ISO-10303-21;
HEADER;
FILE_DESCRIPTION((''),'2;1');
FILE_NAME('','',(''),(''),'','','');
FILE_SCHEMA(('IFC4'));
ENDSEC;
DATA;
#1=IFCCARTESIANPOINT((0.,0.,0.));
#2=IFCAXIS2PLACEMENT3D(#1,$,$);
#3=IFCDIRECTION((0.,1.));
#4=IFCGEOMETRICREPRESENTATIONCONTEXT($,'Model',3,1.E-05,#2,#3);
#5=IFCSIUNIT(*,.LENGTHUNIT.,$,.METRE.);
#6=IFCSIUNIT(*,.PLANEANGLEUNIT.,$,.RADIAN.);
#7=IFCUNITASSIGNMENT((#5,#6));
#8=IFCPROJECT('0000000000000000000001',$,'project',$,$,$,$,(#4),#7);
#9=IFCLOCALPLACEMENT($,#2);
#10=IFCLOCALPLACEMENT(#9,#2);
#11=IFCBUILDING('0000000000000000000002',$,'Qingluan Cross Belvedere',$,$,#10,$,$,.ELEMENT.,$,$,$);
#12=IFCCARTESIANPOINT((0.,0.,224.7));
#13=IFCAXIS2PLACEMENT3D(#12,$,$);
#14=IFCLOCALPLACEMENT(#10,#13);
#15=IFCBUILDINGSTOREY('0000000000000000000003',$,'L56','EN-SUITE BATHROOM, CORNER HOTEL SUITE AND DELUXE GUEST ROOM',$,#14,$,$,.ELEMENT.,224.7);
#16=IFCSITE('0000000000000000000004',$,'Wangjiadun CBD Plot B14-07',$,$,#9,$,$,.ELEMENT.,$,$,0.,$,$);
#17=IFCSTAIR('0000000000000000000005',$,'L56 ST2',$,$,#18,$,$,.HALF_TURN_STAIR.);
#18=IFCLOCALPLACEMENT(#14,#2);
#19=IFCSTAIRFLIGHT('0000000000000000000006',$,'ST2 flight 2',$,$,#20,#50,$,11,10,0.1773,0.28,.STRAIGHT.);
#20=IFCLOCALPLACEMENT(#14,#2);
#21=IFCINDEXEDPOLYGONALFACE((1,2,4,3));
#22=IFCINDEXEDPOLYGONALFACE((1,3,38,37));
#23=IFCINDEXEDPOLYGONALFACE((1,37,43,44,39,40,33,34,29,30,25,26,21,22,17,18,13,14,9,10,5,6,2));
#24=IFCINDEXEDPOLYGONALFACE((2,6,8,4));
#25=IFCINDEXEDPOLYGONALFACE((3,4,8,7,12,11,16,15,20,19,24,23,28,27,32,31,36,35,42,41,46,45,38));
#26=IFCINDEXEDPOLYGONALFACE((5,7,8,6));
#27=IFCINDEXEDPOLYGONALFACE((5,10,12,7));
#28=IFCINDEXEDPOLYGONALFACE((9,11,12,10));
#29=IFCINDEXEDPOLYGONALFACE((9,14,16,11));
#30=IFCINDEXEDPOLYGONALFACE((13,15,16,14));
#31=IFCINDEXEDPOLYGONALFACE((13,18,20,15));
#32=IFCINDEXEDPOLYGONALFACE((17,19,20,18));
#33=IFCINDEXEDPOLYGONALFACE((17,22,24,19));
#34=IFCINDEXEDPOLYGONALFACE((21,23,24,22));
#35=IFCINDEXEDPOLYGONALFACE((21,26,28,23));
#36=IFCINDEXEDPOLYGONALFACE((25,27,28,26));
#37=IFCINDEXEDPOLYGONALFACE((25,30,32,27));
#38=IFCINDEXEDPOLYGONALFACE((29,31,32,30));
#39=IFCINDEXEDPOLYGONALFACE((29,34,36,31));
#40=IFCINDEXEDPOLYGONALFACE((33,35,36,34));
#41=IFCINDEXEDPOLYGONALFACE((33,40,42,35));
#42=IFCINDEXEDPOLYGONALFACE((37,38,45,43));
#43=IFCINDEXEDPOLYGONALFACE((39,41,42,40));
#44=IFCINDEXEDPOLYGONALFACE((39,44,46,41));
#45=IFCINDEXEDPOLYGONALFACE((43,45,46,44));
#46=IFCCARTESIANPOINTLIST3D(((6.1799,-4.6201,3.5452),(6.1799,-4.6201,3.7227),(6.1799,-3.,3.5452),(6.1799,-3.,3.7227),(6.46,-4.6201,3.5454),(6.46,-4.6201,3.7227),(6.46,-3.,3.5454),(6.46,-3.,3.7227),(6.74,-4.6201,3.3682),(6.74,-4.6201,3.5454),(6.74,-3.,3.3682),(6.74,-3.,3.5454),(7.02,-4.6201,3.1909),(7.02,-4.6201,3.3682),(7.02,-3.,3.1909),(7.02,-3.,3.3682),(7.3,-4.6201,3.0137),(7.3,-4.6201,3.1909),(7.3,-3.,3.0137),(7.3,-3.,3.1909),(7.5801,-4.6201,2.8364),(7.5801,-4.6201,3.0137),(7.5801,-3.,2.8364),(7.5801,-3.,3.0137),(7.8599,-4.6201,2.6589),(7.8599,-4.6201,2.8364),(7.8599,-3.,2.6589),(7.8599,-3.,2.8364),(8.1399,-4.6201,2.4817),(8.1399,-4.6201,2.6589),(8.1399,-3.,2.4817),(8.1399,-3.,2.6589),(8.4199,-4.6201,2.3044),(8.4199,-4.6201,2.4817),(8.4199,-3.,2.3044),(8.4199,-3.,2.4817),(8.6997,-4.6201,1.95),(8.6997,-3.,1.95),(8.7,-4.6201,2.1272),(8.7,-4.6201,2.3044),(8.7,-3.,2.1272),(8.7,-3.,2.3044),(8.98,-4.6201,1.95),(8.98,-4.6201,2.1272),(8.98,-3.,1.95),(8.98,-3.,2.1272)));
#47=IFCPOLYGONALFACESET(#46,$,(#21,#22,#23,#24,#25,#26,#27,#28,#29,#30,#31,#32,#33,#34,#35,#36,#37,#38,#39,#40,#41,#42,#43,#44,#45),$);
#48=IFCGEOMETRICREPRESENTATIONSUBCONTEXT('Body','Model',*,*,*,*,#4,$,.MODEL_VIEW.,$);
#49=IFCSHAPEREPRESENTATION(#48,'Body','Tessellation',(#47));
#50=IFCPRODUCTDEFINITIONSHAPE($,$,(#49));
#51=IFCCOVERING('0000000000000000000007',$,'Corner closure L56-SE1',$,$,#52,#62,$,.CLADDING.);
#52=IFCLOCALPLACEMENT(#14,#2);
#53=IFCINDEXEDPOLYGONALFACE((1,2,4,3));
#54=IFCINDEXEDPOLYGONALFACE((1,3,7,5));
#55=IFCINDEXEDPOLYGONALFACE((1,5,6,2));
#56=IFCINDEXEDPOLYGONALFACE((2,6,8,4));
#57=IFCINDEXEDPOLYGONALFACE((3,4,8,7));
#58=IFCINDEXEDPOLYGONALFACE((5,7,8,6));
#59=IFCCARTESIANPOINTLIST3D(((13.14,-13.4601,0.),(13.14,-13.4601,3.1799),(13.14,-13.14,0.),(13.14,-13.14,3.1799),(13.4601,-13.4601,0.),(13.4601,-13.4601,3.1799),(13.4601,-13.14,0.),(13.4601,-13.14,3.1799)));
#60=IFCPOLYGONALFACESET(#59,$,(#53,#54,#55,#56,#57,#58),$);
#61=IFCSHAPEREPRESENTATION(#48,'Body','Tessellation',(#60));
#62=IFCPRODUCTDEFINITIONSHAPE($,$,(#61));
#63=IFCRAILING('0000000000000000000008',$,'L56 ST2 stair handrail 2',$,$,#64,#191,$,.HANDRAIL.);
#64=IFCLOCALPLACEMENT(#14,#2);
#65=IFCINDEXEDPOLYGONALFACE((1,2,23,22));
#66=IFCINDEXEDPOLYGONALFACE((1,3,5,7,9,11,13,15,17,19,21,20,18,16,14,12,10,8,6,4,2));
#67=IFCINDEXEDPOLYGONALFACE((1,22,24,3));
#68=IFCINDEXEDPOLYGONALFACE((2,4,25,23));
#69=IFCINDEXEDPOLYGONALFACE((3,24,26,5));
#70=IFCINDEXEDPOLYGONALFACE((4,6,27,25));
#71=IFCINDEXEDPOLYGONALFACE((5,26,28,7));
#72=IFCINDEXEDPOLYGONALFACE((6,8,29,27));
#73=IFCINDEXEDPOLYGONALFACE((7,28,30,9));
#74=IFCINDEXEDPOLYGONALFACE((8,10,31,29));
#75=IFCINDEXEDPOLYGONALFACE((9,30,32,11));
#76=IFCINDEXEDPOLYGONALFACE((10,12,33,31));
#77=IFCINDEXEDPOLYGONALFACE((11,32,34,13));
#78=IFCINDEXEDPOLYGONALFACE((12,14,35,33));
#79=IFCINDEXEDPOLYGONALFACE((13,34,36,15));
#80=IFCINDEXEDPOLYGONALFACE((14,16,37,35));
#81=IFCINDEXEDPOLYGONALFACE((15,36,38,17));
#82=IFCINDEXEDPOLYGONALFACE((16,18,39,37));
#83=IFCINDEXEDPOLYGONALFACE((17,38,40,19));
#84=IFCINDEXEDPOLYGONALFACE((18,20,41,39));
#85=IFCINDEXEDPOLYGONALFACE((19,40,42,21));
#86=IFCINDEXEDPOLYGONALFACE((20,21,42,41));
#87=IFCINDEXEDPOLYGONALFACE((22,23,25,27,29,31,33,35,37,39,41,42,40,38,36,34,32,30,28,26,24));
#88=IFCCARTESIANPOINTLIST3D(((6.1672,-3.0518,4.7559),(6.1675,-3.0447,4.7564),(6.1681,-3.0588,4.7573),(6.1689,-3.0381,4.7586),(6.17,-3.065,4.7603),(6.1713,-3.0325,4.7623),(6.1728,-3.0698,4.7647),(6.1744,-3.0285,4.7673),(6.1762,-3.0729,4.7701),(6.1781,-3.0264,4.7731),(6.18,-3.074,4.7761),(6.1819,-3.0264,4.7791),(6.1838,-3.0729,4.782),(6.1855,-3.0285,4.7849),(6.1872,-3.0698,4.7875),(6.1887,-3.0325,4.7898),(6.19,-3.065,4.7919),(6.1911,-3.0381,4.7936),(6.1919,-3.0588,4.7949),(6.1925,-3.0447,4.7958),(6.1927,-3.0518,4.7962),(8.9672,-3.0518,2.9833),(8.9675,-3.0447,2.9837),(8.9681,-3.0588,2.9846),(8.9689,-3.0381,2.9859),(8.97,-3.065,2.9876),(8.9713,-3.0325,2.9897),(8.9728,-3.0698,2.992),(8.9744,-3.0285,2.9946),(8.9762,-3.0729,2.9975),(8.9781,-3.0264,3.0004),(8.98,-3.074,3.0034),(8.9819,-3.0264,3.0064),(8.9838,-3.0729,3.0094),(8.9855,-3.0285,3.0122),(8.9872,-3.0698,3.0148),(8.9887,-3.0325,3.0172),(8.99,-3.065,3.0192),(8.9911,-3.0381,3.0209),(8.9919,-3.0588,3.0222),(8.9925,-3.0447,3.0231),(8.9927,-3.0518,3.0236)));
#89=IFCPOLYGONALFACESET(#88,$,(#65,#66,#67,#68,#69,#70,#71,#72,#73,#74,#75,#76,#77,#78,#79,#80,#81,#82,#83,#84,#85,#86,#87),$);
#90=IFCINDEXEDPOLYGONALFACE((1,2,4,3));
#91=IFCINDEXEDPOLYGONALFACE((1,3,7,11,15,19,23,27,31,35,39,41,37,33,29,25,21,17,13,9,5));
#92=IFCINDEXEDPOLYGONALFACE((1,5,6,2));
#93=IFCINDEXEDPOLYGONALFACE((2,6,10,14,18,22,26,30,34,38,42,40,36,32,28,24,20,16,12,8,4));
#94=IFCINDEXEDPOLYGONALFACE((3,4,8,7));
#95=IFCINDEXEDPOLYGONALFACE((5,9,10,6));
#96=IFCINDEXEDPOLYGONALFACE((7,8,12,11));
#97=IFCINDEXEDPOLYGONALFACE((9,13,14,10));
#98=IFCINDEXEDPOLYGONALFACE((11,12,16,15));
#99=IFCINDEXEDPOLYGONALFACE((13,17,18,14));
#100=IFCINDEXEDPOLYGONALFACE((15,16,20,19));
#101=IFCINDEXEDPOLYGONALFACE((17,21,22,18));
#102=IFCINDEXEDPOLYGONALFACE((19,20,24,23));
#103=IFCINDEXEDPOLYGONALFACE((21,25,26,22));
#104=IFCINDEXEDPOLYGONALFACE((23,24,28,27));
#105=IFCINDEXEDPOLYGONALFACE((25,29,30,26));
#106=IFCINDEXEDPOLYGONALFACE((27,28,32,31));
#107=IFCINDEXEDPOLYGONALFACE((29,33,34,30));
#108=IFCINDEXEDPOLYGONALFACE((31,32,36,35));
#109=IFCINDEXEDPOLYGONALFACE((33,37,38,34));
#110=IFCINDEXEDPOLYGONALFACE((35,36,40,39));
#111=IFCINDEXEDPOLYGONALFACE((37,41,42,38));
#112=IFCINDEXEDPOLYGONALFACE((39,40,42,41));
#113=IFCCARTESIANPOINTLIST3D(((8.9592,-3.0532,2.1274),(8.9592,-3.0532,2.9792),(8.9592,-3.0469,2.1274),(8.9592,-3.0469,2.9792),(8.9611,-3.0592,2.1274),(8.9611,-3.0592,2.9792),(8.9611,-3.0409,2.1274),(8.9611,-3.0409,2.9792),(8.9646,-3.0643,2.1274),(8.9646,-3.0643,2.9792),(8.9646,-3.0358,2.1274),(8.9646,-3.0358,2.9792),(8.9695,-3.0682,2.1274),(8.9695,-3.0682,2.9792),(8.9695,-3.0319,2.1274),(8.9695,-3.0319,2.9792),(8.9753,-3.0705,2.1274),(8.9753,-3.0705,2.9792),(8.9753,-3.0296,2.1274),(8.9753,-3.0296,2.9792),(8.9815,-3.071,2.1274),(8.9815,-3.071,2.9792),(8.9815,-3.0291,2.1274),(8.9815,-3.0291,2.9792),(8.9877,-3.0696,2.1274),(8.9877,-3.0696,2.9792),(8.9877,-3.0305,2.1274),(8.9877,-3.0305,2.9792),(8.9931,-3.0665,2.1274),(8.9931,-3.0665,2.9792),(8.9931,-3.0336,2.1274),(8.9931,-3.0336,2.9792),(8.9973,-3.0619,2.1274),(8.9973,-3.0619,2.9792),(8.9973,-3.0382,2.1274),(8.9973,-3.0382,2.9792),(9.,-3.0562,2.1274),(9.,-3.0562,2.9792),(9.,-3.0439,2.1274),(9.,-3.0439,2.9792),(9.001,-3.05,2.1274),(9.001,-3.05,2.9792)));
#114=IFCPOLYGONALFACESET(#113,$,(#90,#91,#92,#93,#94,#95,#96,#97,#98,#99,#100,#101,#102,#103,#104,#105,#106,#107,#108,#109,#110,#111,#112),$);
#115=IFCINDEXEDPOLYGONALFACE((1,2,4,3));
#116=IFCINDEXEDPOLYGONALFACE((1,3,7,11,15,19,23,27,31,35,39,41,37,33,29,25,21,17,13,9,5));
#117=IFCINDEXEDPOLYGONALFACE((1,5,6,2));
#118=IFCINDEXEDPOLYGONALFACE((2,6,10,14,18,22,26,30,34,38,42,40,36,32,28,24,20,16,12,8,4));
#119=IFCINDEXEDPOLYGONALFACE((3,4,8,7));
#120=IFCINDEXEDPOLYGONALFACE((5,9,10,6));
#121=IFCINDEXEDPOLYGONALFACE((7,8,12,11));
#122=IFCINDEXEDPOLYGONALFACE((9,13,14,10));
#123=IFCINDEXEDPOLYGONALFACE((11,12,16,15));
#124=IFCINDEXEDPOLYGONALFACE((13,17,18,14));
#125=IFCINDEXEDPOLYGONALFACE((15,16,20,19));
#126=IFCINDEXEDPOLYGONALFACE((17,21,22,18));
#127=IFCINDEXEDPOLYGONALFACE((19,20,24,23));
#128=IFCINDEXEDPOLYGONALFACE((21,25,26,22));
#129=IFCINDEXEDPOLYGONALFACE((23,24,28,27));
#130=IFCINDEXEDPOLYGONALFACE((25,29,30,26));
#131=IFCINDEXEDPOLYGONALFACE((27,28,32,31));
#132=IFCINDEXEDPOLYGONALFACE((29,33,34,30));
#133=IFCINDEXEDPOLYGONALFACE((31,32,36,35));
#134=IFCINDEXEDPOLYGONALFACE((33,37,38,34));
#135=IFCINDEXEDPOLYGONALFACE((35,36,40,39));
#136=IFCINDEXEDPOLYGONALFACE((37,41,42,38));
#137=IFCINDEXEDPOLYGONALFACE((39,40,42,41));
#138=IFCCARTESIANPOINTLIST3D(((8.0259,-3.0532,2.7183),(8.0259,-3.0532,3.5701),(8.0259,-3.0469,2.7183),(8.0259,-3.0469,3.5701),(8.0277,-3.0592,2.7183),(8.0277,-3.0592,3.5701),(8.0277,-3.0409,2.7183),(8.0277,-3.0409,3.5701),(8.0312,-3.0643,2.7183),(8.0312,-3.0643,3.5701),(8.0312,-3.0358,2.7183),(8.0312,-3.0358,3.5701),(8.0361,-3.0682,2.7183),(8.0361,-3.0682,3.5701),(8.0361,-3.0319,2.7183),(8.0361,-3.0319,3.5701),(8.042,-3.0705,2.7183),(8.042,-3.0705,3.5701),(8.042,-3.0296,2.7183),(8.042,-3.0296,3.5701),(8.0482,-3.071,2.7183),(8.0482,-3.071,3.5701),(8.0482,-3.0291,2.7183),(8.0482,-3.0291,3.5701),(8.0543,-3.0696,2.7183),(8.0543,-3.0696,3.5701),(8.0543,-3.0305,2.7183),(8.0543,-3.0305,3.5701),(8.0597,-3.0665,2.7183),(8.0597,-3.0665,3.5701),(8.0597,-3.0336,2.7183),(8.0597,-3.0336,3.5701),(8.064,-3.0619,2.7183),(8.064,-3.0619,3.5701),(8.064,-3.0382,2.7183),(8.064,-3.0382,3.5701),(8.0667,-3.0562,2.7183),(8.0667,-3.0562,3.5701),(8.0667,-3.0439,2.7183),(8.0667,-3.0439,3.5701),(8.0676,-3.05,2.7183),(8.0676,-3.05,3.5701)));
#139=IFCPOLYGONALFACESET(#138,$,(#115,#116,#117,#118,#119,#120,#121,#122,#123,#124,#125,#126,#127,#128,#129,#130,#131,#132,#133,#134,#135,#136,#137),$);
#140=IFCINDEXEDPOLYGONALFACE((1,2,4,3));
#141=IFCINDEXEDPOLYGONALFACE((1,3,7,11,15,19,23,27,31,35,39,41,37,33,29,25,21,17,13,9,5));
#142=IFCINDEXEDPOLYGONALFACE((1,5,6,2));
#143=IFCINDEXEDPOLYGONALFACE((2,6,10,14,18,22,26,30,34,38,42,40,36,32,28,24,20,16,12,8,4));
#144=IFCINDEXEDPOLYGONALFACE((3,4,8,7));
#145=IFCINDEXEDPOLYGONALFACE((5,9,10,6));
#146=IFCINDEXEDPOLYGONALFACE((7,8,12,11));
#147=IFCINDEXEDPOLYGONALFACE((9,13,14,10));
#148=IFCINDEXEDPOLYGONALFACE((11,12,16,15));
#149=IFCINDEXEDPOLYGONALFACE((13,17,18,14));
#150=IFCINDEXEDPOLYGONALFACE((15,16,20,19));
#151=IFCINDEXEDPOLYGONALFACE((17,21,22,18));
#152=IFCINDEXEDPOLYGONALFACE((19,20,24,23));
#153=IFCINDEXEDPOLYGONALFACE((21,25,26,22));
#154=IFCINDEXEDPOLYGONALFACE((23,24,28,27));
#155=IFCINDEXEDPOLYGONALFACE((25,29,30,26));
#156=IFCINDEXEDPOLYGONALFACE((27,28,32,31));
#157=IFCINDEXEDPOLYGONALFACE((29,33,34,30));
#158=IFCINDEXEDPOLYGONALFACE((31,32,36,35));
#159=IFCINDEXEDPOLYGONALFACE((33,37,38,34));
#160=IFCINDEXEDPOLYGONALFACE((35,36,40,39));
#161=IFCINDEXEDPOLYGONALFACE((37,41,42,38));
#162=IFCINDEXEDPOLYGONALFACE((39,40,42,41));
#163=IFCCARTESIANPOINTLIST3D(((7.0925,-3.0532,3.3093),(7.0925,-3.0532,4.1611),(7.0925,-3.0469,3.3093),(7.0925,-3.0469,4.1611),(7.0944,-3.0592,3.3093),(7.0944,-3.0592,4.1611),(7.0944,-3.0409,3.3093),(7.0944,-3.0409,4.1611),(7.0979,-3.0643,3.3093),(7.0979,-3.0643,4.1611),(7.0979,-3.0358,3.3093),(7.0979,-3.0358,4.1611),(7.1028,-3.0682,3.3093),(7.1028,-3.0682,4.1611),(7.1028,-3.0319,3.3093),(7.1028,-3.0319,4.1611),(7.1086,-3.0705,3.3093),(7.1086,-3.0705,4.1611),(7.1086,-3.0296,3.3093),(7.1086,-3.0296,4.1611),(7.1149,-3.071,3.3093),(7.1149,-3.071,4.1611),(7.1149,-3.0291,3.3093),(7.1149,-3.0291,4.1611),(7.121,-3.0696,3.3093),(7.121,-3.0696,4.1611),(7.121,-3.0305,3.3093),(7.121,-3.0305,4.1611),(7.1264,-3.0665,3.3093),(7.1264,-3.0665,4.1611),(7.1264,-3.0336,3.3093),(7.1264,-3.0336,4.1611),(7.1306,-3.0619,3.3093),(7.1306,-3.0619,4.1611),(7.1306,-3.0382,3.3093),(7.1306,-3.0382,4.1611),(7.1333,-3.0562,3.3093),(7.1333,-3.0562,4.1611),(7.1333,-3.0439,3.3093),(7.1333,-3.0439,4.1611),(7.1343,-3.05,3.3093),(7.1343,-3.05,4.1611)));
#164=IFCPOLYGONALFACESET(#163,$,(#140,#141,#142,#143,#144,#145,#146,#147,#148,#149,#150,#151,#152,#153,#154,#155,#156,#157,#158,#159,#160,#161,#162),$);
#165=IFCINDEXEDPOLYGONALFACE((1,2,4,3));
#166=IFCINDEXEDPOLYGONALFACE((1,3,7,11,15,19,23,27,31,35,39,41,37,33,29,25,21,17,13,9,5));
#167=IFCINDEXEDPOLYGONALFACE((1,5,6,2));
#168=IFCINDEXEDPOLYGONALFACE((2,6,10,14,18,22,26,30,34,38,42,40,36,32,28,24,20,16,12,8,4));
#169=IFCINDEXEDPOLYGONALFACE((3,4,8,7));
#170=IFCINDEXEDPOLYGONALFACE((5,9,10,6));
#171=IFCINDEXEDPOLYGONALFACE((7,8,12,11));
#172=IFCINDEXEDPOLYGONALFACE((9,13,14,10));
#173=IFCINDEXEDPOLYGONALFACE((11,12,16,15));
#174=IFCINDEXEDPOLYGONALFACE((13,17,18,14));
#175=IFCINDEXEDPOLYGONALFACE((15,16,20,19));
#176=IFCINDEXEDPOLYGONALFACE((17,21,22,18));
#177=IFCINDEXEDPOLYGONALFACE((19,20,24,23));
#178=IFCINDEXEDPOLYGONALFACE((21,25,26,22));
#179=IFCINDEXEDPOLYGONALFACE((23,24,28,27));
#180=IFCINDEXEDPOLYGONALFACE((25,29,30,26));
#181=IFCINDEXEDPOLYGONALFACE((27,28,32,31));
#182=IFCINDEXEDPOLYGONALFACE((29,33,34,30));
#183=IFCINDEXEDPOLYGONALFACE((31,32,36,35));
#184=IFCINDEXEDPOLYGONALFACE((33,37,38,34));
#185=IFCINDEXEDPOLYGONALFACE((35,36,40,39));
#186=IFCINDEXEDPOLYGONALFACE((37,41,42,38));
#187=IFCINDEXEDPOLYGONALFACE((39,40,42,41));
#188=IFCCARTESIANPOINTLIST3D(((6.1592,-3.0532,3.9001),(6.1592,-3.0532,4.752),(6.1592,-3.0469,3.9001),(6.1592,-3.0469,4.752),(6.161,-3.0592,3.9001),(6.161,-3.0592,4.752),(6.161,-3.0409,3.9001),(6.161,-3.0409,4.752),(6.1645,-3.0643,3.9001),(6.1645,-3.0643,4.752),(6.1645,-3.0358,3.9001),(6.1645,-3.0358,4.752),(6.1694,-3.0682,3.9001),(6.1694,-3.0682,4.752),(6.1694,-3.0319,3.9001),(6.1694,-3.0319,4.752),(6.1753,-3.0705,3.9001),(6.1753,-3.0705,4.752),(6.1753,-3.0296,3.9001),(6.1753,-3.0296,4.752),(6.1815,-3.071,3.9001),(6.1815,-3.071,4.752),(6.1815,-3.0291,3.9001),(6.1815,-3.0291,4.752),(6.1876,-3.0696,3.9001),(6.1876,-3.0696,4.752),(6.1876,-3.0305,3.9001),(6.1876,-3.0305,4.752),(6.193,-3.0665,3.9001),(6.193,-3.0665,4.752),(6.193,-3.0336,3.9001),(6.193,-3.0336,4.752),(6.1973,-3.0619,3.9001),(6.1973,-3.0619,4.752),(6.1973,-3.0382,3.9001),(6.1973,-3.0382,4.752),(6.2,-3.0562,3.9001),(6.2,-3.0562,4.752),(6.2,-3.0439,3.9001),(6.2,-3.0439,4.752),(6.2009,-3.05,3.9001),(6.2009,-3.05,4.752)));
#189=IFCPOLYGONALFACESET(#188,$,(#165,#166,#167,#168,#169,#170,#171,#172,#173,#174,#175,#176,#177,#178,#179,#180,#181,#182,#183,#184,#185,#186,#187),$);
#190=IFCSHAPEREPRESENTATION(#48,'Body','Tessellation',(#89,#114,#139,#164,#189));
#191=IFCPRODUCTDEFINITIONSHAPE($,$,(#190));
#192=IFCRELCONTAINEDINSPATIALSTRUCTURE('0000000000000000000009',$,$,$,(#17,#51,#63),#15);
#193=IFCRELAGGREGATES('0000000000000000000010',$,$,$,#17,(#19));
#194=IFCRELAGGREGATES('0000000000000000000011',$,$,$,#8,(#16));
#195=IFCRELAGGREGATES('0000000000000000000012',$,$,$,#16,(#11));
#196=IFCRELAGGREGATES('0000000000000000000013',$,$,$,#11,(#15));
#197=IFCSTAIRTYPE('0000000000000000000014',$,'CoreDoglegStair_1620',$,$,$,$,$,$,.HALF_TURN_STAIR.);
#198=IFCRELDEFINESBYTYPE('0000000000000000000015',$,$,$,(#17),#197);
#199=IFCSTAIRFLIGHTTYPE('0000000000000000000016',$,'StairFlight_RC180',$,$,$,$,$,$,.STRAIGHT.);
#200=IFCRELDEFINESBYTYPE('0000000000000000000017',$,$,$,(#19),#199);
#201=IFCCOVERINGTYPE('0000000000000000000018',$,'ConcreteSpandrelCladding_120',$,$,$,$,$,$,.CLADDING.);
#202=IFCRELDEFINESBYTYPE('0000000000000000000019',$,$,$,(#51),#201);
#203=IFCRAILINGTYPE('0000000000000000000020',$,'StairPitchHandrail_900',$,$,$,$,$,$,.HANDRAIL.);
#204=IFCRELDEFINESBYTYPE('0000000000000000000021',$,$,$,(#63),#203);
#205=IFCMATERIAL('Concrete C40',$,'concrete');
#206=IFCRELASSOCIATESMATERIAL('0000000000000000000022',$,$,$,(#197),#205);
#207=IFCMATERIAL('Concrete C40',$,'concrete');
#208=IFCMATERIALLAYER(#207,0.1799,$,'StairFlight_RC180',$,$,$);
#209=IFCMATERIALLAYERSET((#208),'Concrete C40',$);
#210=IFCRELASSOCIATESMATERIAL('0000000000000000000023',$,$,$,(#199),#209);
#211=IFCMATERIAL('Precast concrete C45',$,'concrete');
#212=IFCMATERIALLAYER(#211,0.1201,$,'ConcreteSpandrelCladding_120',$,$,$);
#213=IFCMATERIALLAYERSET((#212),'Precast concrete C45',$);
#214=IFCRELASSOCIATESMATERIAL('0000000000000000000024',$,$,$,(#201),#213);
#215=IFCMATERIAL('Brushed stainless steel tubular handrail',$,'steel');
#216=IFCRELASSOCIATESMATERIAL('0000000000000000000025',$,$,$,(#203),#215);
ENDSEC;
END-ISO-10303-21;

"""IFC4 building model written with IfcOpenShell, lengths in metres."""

from ifc_helpers import new_model, si_unit, direction, frame, origin, origin_2d, place, context, subcontext, project, spatial, polyline, rectangle, circle, outline, extrude, material, layer, layer_set, type_object, element, aggregate, save


model = new_model("IFC4")

# Units and contexts
model_context = context("Model", 3, precision=1e-05, world=origin(), true_north=direction((0.0, 1.0)))
body_context = subcontext(model_context, "Body", "Model", "MODEL_VIEW")
ifc_project = project(units=[si_unit("LENGTHUNIT", "METRE"), si_unit("PLANEANGLEUNIT", "RADIAN")], contexts=[model_context])

# Site, building, storey
site_placement = place(None, origin())
site = spatial("IfcSite", under=ifc_project, at=site_placement, Name="Wangjiadun CBD Plot B14-07", CompositionType="ELEMENT", RefElevation=0.0)
building_placement = place(site_placement, origin())
building = spatial("IfcBuilding", under=site, at=building_placement, Name="Qingluan Cross Belvedere", CompositionType="ELEMENT")
storey_placement = place(building_placement, frame((0.0, 0.0, 224.7)))
storey = spatial("IfcBuildingStorey", under=building, at=storey_placement, Name="L56", Description="EN-SUITE BATHROOM, CORNER HOTEL SUITE AND DELUXE GUEST ROOM", CompositionType="ELEMENT", Elevation=224.7)

# Stair, stair flight
ifc_material_1 = material(Name="Concrete C40", Category="concrete")
stair_type = type_object("IfcStairType", Name="CoreDoglegStair_1620", PredefinedType="HALF_TURN_STAIR", material=ifc_material_1)
stair_placement = place(storey_placement, origin())
stair = element("IfcStair", 1, at=stair_placement, inside=storey, type_object=stair_type, Name="L56 ST2", PredefinedType="HALF_TURN_STAIR")
ifc_material_2 = material(Name="Concrete C40", Category="concrete")
ifc_layer_1 = layer(ifc_material_2, 0.1799, Name="StairFlight_RC180")
ifc_layer_set_1 = layer_set([ifc_layer_1], Name="Concrete C40")
stair_flight_type = type_object("IfcStairFlightType", Name="StairFlight_RC180", PredefinedType="STRAIGHT", material=ifc_layer_set_1)
stair_flight_placement = place(storey_placement, frame((8.98, -3.8101, 1.95), z_axis=(0.0, 0.0, 1.0), x_axis=(-1.0, 0.0, 0.0)))
stair_flight = element("IfcStairFlight", 2, at=stair_flight_placement, type_object=stair_flight_type, Name="ST2 flight 2", NumberOfRisers=11, NumberOfTreads=10, PredefinedType="STRAIGHT", RiserHeight=0.1773, TreadLength=0.28, context=body_context, shape_type="SweptSolid", body=[
    extrude(outline(polyline([(0.0, 0.0), (0.0, 0.1772), (0.28, 0.1772), (0.28, 0.3545), (0.5601, 0.3545), (0.5601, 0.5317), (0.8401, 0.5317), (0.8401, 0.709), (1.1201, 0.709), (1.1201, 0.8865), (1.3999, 0.8865), (1.3999, 1.0637), (1.6799, 1.0637), (1.6799, 1.241), (1.96, 1.241), (1.96, 1.4182), (2.24, 1.4182), (2.24, 1.5955), (2.52, 1.5955), (2.52, 1.7727), (2.8, 1.7727), (2.8, 1.95), (2.8, 1.5952), (0.2803, 0.0), (0.0, 0.0)])), frame((0.0, 0.8101, 0.0), z_axis=(0.0, -1.0, 0.0), x_axis=(1.0, 0.0, 0.0)), (0.0, 0.0, 1.0), 1.6201),
])
aggregate(stair, [stair_flight])

# Covering
ifc_material_3 = material(Name="Precast concrete C45", Category="concrete")
ifc_layer_2 = layer(ifc_material_3, 0.1201, Name="ConcreteSpandrelCladding_120")
ifc_layer_set_2 = layer_set([ifc_layer_2], Name="Precast concrete C45")
covering_type_1 = type_object("IfcCoveringType", Name="ConcreteSpandrelCladding_120", PredefinedType="CLADDING", material=ifc_layer_set_2)
covering_1_placement = place(storey_placement, frame((13.3, -13.3, 0.0), z_axis=(0.0, 0.0, 1.0), x_axis=(1.0, 0.0, 0.0)))
element("IfcCovering", 3, at=covering_1_placement, inside=storey, type_object=covering_type_1, Name="Corner closure L56-SE1", PredefinedType="CLADDING", context=body_context, shape_type="SweptSolid", body=[
    extrude(rectangle(XDim=0.3201, YDim=0.3201, at=origin_2d()), origin(), (0.0, 0.0, 1.0), 3.1799),
])

# Railing
ifc_material_4 = material(Name="Brushed stainless steel tubular handrail", Category="steel")
railing_type_1 = type_object("IfcRailingType", Name="StairPitchHandrail_900", PredefinedType="HANDRAIL", material=ifc_material_4)
railing_1_placement = place(storey_placement, frame((8.98, -3.05, 2.1274)))
element("IfcRailing", 4, at=railing_1_placement, inside=storey, type_object=railing_type_1, Name="L56 ST2 stair handrail 2", PredefinedType="HANDRAIL", context=body_context, shape_type="SweptSolid", body=[
    extrude(circle(Radius=0.0239, at=origin_2d()), frame((0.0, 0.0, 0.876), z_axis=(-0.844909, 0.0, 0.53491), x_axis=(0.0, -1.0, 0.0)), (0.0, 0.0, 1.0), 3.314),
    extrude(circle(Radius=0.021, at=origin_2d()), origin(), (0.0, 0.0, 1.0), 0.8518),
    extrude(circle(Radius=0.021, at=origin_2d()), frame((-0.9333, 0.0, 0.5908)), (0.0, 0.0, 1.0), 0.8518),
    extrude(circle(Radius=0.021, at=origin_2d()), frame((-1.8667, 0.0, 1.1819)), (0.0, 0.0, 1.0), 0.8518),
    extrude(circle(Radius=0.021, at=origin_2d()), frame((-2.8, 0.0, 1.7727)), (0.0, 0.0, 1.0), 0.8518),
])

save(model, "model.ifc")
